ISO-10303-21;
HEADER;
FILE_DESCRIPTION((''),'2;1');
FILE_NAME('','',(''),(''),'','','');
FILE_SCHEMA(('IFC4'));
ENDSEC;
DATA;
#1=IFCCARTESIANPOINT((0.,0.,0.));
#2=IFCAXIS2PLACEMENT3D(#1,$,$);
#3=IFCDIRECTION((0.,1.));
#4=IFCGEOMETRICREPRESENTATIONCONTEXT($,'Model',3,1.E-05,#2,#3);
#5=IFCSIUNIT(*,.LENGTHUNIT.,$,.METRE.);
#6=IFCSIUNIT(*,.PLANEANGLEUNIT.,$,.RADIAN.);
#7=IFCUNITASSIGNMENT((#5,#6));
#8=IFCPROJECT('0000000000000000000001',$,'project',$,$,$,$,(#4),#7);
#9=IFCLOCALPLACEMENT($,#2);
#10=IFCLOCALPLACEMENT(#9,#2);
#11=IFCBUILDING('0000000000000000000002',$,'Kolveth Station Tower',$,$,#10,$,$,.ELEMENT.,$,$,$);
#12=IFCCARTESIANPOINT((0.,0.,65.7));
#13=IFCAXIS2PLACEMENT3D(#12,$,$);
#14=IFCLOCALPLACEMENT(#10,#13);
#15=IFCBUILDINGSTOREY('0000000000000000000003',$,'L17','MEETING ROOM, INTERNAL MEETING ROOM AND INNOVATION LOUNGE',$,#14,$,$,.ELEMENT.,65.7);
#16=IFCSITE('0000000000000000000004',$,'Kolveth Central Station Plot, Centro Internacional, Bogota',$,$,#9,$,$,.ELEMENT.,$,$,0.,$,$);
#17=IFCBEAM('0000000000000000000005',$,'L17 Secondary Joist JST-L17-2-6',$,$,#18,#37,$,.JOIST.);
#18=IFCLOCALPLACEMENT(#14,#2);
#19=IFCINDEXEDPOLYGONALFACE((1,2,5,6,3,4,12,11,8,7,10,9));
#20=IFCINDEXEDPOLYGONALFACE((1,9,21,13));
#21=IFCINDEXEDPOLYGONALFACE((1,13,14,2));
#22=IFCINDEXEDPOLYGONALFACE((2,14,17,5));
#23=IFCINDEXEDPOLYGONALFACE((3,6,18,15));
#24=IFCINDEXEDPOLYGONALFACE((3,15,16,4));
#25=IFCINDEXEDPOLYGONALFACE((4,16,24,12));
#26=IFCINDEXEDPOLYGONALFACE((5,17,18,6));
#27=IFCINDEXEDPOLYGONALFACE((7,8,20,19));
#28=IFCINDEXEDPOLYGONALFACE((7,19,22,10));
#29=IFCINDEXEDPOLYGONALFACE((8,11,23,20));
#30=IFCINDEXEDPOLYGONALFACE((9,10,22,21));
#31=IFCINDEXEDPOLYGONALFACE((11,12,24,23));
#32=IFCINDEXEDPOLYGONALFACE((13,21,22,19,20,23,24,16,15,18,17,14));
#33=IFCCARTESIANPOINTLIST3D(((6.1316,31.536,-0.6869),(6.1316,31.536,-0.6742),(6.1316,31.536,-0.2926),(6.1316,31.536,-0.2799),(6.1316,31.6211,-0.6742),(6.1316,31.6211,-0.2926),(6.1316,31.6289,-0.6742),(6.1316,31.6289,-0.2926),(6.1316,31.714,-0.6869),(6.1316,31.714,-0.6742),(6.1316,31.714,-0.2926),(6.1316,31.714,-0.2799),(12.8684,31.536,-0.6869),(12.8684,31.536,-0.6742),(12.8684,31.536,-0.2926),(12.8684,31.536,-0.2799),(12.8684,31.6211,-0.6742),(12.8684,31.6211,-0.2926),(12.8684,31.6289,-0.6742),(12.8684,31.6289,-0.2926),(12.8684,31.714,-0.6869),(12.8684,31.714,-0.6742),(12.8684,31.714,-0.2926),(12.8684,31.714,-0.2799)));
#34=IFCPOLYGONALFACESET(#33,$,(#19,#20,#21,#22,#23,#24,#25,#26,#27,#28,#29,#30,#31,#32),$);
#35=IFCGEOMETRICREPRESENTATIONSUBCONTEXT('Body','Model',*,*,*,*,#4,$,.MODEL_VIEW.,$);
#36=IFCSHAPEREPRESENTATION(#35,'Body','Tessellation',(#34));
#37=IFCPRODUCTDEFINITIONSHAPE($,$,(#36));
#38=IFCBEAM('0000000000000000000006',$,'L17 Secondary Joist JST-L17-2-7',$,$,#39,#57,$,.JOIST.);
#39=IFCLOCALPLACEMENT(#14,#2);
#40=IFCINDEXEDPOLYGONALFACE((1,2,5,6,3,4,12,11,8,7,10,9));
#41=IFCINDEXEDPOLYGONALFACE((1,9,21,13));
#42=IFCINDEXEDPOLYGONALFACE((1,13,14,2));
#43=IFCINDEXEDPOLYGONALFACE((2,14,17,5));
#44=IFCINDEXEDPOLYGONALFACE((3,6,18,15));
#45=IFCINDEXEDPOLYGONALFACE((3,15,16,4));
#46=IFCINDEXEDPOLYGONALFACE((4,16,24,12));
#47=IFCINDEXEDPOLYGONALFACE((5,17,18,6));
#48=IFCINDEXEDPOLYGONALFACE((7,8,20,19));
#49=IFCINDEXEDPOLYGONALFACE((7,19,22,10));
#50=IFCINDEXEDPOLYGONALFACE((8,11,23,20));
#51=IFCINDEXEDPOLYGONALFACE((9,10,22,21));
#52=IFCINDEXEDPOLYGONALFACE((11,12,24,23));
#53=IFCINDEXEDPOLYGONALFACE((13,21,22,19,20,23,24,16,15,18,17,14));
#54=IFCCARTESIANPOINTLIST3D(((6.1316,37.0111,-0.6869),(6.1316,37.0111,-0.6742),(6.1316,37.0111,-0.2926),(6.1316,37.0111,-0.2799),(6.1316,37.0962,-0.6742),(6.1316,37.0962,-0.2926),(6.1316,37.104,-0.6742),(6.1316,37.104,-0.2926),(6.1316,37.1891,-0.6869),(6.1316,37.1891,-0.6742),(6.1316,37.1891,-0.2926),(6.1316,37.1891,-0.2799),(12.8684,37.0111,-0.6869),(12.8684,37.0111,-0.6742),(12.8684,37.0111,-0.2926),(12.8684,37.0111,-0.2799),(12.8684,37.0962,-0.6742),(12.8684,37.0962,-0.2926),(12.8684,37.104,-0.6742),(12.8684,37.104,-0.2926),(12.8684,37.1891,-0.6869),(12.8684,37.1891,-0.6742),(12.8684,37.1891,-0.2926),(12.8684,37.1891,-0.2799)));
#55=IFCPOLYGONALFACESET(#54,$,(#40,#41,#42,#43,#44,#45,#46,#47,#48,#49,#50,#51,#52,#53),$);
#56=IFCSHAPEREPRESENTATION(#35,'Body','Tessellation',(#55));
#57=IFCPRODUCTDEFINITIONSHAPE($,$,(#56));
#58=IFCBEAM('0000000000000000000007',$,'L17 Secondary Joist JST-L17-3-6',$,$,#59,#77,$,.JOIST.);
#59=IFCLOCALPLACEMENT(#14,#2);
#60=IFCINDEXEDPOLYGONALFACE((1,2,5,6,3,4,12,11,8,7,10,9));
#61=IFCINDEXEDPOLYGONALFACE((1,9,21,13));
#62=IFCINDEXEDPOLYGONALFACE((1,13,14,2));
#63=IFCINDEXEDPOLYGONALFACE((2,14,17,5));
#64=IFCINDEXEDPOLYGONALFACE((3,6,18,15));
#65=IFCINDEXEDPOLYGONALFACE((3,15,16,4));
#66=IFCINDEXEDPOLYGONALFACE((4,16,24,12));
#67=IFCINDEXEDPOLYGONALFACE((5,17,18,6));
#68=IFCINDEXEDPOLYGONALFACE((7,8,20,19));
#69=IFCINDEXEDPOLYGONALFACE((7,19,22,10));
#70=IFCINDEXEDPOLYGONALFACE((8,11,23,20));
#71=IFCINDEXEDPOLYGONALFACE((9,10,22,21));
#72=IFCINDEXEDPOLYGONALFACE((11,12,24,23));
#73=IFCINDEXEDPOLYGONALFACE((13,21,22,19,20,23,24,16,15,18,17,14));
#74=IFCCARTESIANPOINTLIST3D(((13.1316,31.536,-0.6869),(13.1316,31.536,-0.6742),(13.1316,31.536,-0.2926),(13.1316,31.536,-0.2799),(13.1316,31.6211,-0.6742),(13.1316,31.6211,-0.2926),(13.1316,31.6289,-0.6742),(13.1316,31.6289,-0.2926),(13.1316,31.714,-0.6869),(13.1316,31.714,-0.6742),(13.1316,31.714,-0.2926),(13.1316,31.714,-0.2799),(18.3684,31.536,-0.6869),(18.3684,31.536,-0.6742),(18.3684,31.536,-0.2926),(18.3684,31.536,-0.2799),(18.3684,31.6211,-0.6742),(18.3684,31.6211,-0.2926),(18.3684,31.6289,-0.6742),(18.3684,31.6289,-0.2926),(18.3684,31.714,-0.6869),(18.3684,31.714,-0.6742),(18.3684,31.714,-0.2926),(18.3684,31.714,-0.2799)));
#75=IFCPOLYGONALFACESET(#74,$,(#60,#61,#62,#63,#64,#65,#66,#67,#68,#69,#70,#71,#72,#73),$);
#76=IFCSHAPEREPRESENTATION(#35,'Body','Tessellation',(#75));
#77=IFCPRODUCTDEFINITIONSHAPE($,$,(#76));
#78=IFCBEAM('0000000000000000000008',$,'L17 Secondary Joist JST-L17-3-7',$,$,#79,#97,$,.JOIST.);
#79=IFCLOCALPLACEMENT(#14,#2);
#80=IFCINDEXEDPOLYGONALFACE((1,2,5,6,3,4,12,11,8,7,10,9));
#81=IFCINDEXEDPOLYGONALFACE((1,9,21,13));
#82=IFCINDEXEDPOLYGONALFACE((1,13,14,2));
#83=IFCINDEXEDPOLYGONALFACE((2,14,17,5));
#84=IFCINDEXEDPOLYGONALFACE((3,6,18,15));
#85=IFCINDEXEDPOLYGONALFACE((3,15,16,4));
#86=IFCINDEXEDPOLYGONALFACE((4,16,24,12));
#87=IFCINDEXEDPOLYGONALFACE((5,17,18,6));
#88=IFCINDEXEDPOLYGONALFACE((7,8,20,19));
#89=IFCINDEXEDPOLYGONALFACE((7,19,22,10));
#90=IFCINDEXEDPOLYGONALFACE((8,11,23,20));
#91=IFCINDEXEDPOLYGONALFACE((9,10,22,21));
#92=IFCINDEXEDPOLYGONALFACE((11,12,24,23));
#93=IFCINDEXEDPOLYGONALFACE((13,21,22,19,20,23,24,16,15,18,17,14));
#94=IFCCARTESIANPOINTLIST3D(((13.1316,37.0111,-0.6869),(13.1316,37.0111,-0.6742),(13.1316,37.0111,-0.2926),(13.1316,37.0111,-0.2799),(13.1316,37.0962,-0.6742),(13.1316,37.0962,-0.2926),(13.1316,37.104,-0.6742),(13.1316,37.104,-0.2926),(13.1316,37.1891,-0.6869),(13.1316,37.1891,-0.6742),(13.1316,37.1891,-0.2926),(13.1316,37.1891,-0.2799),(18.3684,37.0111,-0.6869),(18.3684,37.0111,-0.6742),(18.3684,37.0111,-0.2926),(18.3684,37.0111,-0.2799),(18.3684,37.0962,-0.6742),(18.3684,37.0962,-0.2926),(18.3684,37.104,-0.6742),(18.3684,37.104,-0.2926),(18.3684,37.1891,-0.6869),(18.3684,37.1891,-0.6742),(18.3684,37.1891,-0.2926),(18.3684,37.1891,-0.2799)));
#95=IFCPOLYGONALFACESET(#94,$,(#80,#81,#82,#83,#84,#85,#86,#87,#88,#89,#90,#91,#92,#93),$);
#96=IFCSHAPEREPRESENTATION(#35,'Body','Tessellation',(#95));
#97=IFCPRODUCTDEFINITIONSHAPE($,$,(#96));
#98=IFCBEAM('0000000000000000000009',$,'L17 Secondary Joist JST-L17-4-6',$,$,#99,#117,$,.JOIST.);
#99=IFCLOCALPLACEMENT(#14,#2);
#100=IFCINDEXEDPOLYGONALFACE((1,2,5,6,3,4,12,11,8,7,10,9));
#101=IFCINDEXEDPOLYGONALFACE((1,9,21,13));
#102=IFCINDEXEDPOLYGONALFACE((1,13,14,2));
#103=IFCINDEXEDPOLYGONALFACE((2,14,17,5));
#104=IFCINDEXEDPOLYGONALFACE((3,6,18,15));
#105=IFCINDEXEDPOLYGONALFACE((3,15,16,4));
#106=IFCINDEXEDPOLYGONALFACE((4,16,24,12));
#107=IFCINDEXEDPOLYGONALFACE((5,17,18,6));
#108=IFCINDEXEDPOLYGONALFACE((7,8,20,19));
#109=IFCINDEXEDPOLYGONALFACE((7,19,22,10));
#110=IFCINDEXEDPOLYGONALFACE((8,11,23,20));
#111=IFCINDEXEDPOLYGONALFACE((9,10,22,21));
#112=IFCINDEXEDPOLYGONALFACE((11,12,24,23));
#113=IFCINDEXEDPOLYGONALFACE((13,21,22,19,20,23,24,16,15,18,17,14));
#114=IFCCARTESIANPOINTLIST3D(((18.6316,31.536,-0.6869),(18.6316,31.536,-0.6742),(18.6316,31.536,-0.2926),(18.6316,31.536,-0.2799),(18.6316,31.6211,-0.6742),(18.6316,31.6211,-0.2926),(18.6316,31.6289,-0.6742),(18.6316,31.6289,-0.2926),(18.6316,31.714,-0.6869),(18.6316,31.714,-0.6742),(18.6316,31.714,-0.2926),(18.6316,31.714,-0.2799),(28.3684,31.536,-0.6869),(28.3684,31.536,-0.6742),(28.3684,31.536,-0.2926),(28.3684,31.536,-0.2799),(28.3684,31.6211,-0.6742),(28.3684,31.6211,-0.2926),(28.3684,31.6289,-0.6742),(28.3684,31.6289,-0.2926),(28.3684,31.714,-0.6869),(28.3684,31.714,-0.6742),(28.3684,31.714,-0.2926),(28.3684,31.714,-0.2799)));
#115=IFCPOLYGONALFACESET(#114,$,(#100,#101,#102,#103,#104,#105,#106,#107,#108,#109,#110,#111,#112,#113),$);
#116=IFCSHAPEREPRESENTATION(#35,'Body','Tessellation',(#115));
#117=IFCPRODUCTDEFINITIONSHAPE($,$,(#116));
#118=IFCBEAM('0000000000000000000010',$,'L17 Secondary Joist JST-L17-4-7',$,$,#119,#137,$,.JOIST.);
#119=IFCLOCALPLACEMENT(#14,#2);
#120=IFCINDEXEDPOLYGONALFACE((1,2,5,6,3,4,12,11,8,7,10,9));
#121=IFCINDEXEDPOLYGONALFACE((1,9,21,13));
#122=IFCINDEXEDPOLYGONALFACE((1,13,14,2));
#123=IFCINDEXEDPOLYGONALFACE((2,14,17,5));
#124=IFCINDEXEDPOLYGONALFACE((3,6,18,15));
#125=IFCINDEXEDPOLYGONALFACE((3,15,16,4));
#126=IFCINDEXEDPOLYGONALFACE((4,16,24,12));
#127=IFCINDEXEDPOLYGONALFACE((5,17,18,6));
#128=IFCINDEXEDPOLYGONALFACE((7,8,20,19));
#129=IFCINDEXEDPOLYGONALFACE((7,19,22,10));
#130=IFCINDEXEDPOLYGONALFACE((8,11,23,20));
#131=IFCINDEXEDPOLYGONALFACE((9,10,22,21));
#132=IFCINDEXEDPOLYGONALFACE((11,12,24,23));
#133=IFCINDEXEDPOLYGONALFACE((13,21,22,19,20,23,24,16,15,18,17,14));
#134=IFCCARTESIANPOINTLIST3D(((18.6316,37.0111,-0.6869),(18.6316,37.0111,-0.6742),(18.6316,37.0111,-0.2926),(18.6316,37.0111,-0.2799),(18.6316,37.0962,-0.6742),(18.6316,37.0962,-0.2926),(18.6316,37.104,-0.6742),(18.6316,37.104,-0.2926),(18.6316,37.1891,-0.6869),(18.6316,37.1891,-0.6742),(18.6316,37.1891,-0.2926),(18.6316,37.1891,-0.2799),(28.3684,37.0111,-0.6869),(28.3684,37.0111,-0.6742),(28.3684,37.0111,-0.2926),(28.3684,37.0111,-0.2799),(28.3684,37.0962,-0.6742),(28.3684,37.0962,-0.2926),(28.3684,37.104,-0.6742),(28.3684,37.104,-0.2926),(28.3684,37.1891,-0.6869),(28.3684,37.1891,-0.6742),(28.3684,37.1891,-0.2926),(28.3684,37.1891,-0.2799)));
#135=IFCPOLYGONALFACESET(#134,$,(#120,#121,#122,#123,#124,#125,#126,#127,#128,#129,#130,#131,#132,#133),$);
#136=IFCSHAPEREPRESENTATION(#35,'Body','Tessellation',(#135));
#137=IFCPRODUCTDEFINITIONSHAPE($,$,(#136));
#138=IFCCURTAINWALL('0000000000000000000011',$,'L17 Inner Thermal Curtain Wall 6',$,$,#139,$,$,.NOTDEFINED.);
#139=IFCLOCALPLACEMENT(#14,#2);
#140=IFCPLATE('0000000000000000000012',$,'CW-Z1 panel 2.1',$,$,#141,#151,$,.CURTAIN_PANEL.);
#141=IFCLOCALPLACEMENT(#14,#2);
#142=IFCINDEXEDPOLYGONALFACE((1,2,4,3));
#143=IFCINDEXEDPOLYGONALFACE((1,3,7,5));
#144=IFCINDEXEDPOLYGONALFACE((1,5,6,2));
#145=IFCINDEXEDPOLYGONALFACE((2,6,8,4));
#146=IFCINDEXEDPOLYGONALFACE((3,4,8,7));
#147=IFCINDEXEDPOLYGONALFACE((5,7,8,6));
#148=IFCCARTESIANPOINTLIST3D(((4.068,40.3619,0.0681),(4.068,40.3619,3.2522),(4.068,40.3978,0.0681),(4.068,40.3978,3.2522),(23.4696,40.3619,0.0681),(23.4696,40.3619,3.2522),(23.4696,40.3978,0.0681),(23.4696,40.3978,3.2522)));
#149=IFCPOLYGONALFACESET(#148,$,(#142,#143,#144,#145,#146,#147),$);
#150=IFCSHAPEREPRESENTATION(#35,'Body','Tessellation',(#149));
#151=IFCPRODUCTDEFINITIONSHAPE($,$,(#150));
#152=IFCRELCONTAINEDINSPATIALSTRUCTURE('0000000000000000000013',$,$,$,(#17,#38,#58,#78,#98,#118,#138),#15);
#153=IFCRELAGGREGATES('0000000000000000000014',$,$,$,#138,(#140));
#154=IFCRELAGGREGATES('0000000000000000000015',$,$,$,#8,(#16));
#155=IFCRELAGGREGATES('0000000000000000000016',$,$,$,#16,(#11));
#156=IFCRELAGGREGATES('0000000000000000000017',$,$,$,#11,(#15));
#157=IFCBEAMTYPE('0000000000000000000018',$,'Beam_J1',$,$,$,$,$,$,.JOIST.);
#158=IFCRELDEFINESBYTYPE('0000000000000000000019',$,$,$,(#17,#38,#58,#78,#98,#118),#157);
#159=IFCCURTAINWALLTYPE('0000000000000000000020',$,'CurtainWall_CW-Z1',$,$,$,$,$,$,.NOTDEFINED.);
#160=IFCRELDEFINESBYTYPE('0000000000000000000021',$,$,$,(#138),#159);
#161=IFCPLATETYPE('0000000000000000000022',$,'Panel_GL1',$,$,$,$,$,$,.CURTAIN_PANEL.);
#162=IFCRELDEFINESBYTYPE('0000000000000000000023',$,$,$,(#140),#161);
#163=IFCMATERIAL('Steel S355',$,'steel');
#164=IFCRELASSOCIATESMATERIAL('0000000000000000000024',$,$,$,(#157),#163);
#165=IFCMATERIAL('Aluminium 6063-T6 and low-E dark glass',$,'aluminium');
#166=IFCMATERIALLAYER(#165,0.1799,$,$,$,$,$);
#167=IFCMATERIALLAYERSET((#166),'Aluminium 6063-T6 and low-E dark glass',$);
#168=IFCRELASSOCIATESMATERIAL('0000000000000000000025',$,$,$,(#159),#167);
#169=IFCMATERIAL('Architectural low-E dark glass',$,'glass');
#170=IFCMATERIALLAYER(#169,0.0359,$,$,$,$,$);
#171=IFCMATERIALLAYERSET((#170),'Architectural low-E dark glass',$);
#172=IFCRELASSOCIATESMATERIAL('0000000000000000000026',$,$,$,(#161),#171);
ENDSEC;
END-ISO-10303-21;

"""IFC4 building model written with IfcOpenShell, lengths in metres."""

from ifc_helpers import new_model, si_unit, direction, frame, origin, origin_2d, place, context, subcontext, project, spatial, rectangle, i_section, extrude, source, transform, mapped, material, layer, layer_set, material_profile, profile_set, type_object, element, aggregate, save


model = new_model("IFC4")

# Units and contexts
model_context = context("Model", 3, precision=1e-05, world=origin(), true_north=direction((0.0, 1.0)))
body_context = subcontext(model_context, "Body", "Model", "MODEL_VIEW")
ifc_project = project(units=[si_unit("LENGTHUNIT", "METRE"), si_unit("PLANEANGLEUNIT", "RADIAN")], contexts=[model_context])

# Site, building, storey
site_placement = place(None, origin())
site = spatial("IfcSite", under=ifc_project, at=site_placement, Name="Kolveth Central Station Plot, Centro Internacional, Bogota", CompositionType="ELEMENT", RefElevation=0.0)
building_placement = place(site_placement, origin())
building = spatial("IfcBuilding", under=site, at=building_placement, Name="Kolveth Station Tower", CompositionType="ELEMENT")
storey_placement = place(building_placement, frame((0.0, 0.0, 65.7)))
storey = spatial("IfcBuildingStorey", under=building, at=storey_placement, Name="L17", Description="MEETING ROOM, INTERNAL MEETING ROOM AND INNOVATION LOUNGE", CompositionType="ELEMENT", Elevation=65.7)

# Shared definitions
ifc_material_1 = material(Name="Steel S355", Category="steel")

# Beams
ifc_material_profile_1 = material_profile(ifc_material_1, i_section(OverallWidth=0.178, OverallDepth=0.407, WebThickness=0.0078, FlangeThickness=0.0127, at=origin_2d()), Name="W410x60")
ifc_profile_set_1 = profile_set([ifc_material_profile_1], Name="Steel S355")
beam_type_1 = type_object("IfcBeamType", Name="Beam_J1", PredefinedType="JOIST", material=ifc_profile_set_1)
shared_shape_1 = source(origin(), body_context, "Body", "SweptSolid", [
    extrude(i_section(OverallWidth=0.178, OverallDepth=0.407, WebThickness=0.0078, FlangeThickness=0.0127, at=origin_2d()), origin(), (0.0, 0.0, 1.0), 6.7368),
])
for number, where, z_axis, x_axis, name in (
    (1, (6.1316, 31.625, -0.4834), (1.0, 0.0, 0.0), (0.0, 1.0, 0.0), "L17 Secondary Joist JST-L17-2-6"),
    (2, (6.1316, 37.1001, -0.4834), (1.0, 0.0, 0.0), (0.0, 1.0, 0.0), "L17 Secondary Joist JST-L17-2-7"),
):
    element("IfcBeam", number, at=place(storey_placement, frame(where, z_axis=z_axis, x_axis=x_axis)), inside=storey, type_object=beam_type_1, Name=name, PredefinedType="JOIST", context=body_context, shape_type="MappedRepresentation", body=[
        mapped(shared_shape_1, transform((0.0, 0.0, 0.0), x_axis=(1.0, 0.0, 0.0), y_axis=(0.0, 1.0, 0.0), z_axis=(0.0, 0.0, 1.0), scale=1.0)),
    ])
shared_shape_2 = source(origin(), body_context, "Body", "SweptSolid", [
    extrude(i_section(OverallWidth=0.178, OverallDepth=0.407, WebThickness=0.0078, FlangeThickness=0.0127, at=origin_2d()), origin(), (0.0, 0.0, 1.0), 5.2368),
])
for number, where, z_axis, x_axis, name in (
    (3, (13.1316, 31.625, -0.4834), (1.0, 0.0, 0.0), (0.0, 1.0, 0.0), "L17 Secondary Joist JST-L17-3-6"),
    (4, (13.1316, 37.1001, -0.4834), (1.0, 0.0, 0.0), (0.0, 1.0, 0.0), "L17 Secondary Joist JST-L17-3-7"),
):
    element("IfcBeam", number, at=place(storey_placement, frame(where, z_axis=z_axis, x_axis=x_axis)), inside=storey, type_object=beam_type_1, Name=name, PredefinedType="JOIST", context=body_context, shape_type="MappedRepresentation", body=[
        mapped(shared_shape_2, transform((0.0, 0.0, 0.0), x_axis=(1.0, 0.0, 0.0), y_axis=(0.0, 1.0, 0.0), z_axis=(0.0, 0.0, 1.0), scale=1.0)),
    ])
shared_shape_3 = source(origin(), body_context, "Body", "SweptSolid", [
    extrude(i_section(OverallWidth=0.178, OverallDepth=0.407, WebThickness=0.0078, FlangeThickness=0.0127, at=origin_2d()), origin(), (0.0, 0.0, 1.0), 9.7368),
])
for number, where, z_axis, x_axis, name in (
    (5, (18.6316, 31.625, -0.4834), (1.0, 0.0, 0.0), (0.0, 1.0, 0.0), "L17 Secondary Joist JST-L17-4-6"),
    (6, (18.6316, 37.1001, -0.4834), (1.0, 0.0, 0.0), (0.0, 1.0, 0.0), "L17 Secondary Joist JST-L17-4-7"),
):
    element("IfcBeam", number, at=place(storey_placement, frame(where, z_axis=z_axis, x_axis=x_axis)), inside=storey, type_object=beam_type_1, Name=name, PredefinedType="JOIST", context=body_context, shape_type="MappedRepresentation", body=[
        mapped(shared_shape_3, transform((0.0, 0.0, 0.0), x_axis=(1.0, 0.0, 0.0), y_axis=(0.0, 1.0, 0.0), z_axis=(0.0, 0.0, 1.0), scale=1.0)),
    ])

# Curtain wall, plate
ifc_material_2 = material(Name="Aluminium 6063-T6 and low-E dark glass", Category="aluminium")
ifc_layer_1 = layer(ifc_material_2, 0.1799)
ifc_layer_set_1 = layer_set([ifc_layer_1], Name="Aluminium 6063-T6 and low-E dark glass")
curtain_wall_type = type_object("IfcCurtainWallType", Name="CurtainWall_CW-Z1", PredefinedType="NOTDEFINED", material=ifc_layer_set_1)
curtain_wall_placement = place(storey_placement, origin())
curtain_wall = element("IfcCurtainWall", 7, at=curtain_wall_placement, inside=storey, type_object=curtain_wall_type, Name="L17 Inner Thermal Curtain Wall 6", PredefinedType="NOTDEFINED")
ifc_material_3 = material(Name="Architectural low-E dark glass", Category="glass")
ifc_layer_2 = layer(ifc_material_3, 0.0359)
ifc_layer_set_2 = layer_set([ifc_layer_2], Name="Architectural low-E dark glass")
plate_type = type_object("IfcPlateType", Name="Panel_GL1", PredefinedType="CURTAIN_PANEL", material=ifc_layer_set_2)
shared_shape_4 = source(origin(), body_context, "Body", "SweptSolid", [
    extrude(rectangle(XDim=19.4016, YDim=0.0359, at=origin_2d()), origin(), (0.0, 0.0, 1.0), 3.1841),
])
plate_placement = place(storey_placement, frame((13.7688, 40.3799, 0.0681), z_axis=(0.0, 0.0, 1.0), x_axis=(-1.0, 0.0, 0.0)))
plate = element("IfcPlate", 8, at=plate_placement, type_object=plate_type, Name="CW-Z1 panel 2.1", PredefinedType="CURTAIN_PANEL", context=body_context, shape_type="MappedRepresentation", body=[
    mapped(shared_shape_4, transform((0.0, 0.0, 0.0), x_axis=(1.0, 0.0, 0.0), y_axis=(0.0, 1.0, 0.0), z_axis=(0.0, 0.0, 1.0), scale=1.0)),
])
aggregate(curtain_wall, [plate])

save(model, "model.ifc")
